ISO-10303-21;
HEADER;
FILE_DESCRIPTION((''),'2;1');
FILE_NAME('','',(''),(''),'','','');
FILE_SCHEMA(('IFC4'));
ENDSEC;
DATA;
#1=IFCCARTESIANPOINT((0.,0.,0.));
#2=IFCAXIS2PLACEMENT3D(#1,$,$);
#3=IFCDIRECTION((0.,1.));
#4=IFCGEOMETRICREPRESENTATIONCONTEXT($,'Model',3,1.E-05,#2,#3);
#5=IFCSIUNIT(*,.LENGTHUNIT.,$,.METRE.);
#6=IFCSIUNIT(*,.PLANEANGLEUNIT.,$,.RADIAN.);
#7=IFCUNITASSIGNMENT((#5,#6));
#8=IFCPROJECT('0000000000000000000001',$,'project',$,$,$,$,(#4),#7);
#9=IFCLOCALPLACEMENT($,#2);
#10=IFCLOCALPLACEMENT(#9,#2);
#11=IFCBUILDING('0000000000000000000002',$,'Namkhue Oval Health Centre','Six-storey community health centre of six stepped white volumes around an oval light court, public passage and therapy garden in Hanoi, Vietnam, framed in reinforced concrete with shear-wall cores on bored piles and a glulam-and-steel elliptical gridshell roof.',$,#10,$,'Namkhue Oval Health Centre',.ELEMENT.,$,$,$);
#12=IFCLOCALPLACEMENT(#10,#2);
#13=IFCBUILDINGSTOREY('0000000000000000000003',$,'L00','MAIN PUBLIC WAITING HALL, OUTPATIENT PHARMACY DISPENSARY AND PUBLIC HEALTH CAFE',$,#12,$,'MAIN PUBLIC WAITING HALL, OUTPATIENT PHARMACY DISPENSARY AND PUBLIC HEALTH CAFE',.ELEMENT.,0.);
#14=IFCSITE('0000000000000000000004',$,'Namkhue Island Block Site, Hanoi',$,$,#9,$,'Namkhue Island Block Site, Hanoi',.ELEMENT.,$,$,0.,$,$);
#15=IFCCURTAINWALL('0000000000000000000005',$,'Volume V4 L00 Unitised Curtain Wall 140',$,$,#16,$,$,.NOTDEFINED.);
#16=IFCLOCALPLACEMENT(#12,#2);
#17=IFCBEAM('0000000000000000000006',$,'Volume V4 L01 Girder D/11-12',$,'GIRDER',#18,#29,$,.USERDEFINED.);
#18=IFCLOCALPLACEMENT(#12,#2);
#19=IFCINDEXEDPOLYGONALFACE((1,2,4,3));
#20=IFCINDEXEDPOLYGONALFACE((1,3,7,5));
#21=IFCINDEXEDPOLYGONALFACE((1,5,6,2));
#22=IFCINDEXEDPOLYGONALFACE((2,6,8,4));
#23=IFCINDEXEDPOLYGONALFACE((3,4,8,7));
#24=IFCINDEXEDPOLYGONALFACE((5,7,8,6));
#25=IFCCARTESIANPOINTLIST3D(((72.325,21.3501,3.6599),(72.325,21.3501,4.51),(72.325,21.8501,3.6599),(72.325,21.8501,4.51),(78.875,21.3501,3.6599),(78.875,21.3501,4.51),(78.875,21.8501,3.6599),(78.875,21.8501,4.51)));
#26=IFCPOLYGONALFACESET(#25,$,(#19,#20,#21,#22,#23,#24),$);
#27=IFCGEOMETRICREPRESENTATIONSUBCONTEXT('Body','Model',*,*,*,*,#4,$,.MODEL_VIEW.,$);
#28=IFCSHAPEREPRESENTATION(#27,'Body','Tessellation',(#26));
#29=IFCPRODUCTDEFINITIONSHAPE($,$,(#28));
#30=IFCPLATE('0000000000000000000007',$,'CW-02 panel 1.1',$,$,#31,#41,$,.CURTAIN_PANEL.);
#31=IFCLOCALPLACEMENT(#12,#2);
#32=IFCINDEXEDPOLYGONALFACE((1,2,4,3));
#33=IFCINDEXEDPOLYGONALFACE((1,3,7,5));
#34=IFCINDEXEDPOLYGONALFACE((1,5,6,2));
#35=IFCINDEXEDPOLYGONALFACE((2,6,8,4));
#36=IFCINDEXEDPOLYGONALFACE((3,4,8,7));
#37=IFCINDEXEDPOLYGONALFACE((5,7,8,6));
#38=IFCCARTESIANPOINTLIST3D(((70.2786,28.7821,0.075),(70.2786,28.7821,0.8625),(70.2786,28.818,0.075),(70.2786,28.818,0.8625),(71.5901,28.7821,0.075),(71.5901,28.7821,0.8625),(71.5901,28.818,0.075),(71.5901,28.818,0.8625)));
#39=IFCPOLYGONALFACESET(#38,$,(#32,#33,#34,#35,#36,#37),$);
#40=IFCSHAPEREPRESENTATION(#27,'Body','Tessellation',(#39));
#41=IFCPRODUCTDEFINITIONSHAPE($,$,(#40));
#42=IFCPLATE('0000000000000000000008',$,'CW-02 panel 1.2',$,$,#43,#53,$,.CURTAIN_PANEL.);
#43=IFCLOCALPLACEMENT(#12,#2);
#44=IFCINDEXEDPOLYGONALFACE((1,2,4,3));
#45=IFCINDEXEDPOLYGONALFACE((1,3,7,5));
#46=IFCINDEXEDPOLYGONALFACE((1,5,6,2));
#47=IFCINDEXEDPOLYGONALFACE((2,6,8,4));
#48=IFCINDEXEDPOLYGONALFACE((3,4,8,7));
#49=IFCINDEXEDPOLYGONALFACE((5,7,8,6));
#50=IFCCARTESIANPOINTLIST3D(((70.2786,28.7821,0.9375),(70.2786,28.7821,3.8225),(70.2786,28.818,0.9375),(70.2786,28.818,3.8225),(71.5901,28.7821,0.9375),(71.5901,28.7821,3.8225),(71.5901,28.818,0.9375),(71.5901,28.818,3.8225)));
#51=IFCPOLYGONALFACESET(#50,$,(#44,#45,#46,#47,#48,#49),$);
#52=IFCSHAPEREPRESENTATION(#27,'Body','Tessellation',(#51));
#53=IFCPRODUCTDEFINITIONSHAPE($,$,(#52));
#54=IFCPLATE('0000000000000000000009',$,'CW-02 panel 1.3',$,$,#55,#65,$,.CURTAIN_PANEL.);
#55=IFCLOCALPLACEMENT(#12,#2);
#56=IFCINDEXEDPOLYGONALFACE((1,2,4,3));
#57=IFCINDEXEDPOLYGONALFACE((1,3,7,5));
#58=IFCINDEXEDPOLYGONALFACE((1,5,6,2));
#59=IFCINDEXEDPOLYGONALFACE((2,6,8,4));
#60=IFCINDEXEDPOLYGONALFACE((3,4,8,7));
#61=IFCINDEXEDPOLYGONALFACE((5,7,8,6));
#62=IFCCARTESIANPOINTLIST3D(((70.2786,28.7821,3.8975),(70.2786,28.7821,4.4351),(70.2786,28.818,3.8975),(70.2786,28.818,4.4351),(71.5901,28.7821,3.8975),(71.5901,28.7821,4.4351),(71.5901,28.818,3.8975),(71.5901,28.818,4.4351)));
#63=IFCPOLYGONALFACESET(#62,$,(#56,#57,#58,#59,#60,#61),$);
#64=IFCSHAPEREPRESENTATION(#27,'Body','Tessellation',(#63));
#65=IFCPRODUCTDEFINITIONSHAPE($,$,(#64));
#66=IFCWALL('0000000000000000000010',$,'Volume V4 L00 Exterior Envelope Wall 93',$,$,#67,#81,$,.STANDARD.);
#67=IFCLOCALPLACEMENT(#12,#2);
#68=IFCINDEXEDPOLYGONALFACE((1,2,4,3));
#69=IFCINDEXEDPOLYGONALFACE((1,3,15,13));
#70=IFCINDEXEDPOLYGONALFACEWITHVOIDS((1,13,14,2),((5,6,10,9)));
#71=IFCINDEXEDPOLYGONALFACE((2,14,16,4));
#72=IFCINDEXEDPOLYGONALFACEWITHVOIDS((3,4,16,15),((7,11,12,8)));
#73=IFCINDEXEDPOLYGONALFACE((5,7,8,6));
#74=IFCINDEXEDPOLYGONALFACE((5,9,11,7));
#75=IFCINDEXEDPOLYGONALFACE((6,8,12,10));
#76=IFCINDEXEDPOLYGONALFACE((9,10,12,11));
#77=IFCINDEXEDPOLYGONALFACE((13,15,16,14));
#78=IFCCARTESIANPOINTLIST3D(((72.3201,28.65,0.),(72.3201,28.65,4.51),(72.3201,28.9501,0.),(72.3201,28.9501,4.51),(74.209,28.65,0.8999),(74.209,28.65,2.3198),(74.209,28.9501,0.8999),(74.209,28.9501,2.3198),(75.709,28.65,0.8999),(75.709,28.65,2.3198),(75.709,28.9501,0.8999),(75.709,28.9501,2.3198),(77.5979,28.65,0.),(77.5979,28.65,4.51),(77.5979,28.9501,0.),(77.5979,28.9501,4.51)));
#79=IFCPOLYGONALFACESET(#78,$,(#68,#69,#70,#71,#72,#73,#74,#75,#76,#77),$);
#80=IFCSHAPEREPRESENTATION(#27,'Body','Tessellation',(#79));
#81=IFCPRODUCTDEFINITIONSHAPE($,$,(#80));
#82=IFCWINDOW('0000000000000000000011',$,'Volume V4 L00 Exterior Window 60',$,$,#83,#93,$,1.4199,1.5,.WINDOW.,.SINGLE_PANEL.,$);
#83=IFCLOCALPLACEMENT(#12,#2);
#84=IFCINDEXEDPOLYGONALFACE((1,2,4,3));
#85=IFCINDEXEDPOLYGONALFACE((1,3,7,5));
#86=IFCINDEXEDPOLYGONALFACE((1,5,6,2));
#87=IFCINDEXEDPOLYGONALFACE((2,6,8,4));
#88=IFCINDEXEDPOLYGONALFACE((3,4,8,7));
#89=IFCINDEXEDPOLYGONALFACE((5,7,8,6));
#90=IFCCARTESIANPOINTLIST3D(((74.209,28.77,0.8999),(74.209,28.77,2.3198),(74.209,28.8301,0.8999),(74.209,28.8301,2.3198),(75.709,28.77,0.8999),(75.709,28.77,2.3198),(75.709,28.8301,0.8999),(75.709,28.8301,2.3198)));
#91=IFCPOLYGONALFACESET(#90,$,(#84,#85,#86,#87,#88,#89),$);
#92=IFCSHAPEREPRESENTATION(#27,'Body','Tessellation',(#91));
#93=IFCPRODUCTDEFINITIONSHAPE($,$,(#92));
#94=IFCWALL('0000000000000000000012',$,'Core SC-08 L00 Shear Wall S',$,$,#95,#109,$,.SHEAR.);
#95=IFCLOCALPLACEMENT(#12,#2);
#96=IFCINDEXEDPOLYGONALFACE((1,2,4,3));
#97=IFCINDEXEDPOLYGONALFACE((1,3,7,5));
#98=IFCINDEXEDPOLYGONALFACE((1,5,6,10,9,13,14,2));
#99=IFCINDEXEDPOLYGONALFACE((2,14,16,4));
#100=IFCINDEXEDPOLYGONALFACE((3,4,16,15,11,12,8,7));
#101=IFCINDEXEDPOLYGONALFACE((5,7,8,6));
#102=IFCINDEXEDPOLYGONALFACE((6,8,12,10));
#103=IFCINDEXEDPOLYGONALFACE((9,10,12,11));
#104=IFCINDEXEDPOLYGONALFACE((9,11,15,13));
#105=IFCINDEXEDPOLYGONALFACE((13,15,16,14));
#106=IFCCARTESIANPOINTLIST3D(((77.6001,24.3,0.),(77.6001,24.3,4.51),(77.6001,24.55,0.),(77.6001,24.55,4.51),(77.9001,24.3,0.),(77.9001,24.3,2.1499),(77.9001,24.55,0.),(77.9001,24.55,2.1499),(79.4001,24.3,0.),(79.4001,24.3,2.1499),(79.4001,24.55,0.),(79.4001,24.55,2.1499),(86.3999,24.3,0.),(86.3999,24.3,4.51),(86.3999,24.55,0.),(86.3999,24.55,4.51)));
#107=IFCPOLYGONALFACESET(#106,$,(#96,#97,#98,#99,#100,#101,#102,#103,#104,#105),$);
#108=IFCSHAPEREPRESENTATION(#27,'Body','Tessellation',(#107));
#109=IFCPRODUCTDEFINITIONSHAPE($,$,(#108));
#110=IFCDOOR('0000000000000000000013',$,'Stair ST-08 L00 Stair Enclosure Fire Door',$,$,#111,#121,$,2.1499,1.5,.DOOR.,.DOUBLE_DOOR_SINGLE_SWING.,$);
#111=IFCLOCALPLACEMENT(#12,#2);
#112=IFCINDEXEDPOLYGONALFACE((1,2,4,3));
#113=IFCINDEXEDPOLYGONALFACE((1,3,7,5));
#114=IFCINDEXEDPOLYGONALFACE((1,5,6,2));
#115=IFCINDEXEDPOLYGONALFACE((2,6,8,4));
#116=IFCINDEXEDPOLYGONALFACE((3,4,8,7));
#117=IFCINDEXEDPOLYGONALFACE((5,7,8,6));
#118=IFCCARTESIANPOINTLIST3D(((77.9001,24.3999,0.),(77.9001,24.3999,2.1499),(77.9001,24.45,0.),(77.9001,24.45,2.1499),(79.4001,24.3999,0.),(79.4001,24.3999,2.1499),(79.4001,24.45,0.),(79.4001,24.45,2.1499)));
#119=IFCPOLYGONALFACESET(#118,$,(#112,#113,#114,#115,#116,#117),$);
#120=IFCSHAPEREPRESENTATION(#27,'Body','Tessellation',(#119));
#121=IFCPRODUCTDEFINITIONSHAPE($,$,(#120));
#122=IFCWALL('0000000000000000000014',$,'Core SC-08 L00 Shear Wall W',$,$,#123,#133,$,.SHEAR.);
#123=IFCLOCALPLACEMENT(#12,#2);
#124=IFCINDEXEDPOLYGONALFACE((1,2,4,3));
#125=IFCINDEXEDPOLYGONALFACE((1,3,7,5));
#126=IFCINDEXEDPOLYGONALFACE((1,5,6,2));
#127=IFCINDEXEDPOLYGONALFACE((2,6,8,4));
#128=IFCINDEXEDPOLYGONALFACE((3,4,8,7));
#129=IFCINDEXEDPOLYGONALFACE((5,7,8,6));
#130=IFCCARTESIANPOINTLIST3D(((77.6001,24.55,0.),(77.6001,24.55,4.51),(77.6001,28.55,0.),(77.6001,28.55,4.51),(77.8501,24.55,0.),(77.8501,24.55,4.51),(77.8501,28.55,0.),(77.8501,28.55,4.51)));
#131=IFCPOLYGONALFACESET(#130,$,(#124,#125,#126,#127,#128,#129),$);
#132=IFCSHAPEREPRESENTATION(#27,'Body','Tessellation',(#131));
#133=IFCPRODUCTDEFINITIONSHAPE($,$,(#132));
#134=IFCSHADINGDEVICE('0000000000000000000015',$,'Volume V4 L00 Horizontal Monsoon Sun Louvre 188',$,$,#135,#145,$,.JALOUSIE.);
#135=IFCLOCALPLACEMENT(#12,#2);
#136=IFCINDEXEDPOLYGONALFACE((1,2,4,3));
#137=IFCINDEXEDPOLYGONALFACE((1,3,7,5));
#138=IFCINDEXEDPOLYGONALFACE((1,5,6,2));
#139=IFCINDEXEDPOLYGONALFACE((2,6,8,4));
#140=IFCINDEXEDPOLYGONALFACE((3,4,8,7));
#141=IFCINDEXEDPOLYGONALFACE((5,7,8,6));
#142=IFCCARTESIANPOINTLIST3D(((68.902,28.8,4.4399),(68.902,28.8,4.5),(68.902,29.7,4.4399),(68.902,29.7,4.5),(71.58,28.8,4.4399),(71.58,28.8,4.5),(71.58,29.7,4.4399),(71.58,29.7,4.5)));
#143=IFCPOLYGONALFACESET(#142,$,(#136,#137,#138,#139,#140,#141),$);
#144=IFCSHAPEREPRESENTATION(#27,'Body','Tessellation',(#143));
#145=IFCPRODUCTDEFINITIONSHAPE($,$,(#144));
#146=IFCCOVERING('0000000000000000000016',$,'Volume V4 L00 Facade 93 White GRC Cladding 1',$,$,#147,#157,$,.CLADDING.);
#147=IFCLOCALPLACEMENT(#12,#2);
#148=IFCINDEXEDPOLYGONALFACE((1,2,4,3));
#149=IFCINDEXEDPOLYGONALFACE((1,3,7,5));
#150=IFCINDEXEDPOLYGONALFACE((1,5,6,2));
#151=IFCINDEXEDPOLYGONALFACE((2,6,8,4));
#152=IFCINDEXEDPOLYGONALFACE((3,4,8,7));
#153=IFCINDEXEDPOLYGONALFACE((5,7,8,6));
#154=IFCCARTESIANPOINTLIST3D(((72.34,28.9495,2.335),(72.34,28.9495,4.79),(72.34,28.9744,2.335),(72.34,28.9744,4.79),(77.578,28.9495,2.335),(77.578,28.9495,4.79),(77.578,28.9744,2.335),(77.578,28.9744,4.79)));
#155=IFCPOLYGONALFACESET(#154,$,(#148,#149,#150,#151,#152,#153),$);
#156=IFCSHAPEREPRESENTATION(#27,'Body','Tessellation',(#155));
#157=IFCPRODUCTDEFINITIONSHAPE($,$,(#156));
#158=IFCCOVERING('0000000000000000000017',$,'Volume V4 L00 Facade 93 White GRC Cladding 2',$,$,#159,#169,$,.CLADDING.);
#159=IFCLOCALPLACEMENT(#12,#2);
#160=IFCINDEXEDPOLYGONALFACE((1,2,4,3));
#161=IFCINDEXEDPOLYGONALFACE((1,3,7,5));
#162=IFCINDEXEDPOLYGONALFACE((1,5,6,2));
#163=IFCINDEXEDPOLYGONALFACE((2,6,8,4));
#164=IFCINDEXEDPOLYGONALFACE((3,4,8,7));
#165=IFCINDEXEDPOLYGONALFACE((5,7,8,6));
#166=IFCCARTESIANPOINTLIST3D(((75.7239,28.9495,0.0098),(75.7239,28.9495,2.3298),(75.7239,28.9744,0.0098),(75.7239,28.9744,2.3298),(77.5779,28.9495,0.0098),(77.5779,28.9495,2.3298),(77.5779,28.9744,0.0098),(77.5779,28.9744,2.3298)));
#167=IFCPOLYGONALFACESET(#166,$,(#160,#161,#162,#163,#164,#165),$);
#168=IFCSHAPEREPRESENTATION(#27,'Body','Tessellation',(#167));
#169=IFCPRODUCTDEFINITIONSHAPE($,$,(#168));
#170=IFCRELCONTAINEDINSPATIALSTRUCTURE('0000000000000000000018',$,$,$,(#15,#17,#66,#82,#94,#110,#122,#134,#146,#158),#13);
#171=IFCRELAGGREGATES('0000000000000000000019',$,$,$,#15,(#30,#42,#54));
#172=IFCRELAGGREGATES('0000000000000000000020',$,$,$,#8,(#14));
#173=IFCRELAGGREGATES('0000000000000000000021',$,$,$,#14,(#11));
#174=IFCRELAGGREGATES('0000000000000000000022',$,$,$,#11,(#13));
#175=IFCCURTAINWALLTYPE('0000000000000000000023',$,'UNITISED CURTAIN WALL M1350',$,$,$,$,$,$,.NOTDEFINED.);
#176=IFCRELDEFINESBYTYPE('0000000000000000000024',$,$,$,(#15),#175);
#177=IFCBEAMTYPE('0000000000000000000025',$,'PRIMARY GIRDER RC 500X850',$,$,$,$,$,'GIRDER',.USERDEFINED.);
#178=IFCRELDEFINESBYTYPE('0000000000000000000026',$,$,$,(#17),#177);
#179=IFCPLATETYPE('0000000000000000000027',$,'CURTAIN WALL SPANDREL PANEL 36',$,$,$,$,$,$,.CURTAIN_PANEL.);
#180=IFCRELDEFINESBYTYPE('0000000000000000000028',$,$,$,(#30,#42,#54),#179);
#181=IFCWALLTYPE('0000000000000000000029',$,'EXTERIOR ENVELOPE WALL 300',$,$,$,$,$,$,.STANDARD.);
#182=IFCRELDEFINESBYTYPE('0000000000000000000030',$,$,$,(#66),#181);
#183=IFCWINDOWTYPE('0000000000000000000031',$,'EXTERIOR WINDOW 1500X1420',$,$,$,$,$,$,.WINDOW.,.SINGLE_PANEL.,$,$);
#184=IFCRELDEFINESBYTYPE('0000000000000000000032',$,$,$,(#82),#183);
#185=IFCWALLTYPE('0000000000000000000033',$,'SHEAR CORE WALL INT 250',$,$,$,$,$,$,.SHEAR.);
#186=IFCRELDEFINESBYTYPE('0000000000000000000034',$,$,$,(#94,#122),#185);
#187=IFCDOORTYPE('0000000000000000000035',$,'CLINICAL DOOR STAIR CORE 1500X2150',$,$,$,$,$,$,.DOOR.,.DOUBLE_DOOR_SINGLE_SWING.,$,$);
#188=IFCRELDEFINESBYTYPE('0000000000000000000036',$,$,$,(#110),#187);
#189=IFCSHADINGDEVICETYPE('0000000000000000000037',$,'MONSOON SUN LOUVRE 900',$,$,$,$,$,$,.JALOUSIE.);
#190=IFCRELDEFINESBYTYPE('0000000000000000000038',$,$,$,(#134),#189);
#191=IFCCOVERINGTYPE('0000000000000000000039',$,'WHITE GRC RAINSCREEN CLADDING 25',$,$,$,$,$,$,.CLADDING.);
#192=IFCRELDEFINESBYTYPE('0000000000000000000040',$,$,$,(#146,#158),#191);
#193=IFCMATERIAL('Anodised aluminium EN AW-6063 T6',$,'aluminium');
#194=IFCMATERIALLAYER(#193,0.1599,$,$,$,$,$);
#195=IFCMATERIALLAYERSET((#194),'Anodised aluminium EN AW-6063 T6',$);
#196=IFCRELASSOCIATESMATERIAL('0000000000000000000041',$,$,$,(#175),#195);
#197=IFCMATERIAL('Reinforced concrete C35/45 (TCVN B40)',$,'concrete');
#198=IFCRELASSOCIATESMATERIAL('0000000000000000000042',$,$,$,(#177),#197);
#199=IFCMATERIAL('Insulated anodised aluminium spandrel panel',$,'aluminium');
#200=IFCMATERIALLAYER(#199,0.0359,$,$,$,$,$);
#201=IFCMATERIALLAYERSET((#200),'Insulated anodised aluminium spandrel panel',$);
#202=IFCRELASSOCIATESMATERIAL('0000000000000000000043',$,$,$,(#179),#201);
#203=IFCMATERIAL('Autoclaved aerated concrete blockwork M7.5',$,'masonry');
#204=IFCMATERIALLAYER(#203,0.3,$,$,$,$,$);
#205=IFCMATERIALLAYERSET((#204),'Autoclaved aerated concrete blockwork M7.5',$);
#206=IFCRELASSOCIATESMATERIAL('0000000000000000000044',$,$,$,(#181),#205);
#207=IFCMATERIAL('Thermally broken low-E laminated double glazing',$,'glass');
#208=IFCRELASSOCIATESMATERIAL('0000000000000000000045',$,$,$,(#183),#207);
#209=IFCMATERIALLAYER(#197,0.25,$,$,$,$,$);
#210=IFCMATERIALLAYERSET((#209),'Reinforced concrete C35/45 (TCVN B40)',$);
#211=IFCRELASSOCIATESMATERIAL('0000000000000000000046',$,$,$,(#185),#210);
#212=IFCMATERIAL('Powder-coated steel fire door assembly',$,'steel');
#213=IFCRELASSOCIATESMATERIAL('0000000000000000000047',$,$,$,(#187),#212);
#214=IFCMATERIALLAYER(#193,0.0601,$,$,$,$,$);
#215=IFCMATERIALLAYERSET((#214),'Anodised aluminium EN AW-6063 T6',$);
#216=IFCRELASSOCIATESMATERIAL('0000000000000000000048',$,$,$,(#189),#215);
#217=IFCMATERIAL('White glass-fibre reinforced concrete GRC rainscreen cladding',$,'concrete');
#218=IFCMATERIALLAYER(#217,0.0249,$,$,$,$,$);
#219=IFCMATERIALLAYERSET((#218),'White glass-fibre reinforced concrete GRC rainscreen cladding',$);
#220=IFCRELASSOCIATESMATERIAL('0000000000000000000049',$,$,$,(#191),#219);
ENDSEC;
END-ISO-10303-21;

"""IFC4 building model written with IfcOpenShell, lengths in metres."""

from ifc_helpers import new_model, si_unit, direction, frame, frame_2d, origin, origin_2d, place, context, subcontext, project, spatial, rectangle, extrude, material, layer, layer_set, material_profile, profile_set, type_object, element, fill, aggregate, save


model = new_model("IFC4")

# Units and contexts
model_context = context("Model", 3, precision=1e-05, world=origin(), true_north=direction((0.0, 1.0)))
body_context = subcontext(model_context, "Body", "Model", "MODEL_VIEW")
ifc_project = project(units=[si_unit("LENGTHUNIT", "METRE"), si_unit("PLANEANGLEUNIT", "RADIAN")], contexts=[model_context])

# Site, building, storey
site_placement = place(None, origin())
site = spatial("IfcSite", under=ifc_project, at=site_placement, Name="Namkhue Island Block Site, Hanoi", LongName="Namkhue Island Block Site, Hanoi", CompositionType="ELEMENT", RefElevation=0.0)
building_placement = place(site_placement, origin())
building = spatial("IfcBuilding", under=site, at=building_placement, Name="Namkhue Oval Health Centre", Description="Six-storey community health centre of six stepped white volumes around an oval light court, public passage and therapy garden in Hanoi, Vietnam, framed in reinforced concrete with shear-wall cores on bored piles and a glulam-and-steel elliptical gridshell roof.", LongName="Namkhue Oval Health Centre", CompositionType="ELEMENT")
storey_placement = place(building_placement, origin())
storey = spatial("IfcBuildingStorey", under=building, at=storey_placement, Name="L00", Description="MAIN PUBLIC WAITING HALL, OUTPATIENT PHARMACY DISPENSARY AND PUBLIC HEALTH CAFE", LongName="MAIN PUBLIC WAITING HALL, OUTPATIENT PHARMACY DISPENSARY AND PUBLIC HEALTH CAFE", CompositionType="ELEMENT", Elevation=0.0)

# Shared definitions
ifc_material_1 = material(Name="Reinforced concrete C35/45 (TCVN B40)", Category="concrete")

# Curtain wall
ifc_material_2 = material(Name="Anodised aluminium EN AW-6063 T6", Category="aluminium")
ifc_layer_1 = layer(ifc_material_2, 0.1599)
ifc_layer_set_1 = layer_set([ifc_layer_1], Name="Anodised aluminium EN AW-6063 T6")
curtain_wall_type = type_object("IfcCurtainWallType", Name="UNITISED CURTAIN WALL M1350", PredefinedType="NOTDEFINED", material=ifc_layer_set_1)
curtain_wall_placement = place(storey_placement, origin())
curtain_wall = element("IfcCurtainWall", 1, at=curtain_wall_placement, inside=storey, type_object=curtain_wall_type, Name="Volume V4 L00 Unitised Curtain Wall 140", PredefinedType="NOTDEFINED")

# Beam
ifc_material_profile_1 = material_profile(ifc_material_1, rectangle(XDim=0.5, YDim=0.8501, at=origin_2d()), Name="RC 500x850")
ifc_profile_set_1 = profile_set([ifc_material_profile_1], Name="Reinforced concrete C35/45 (TCVN B40)")
beam_type_1 = type_object("IfcBeamType", Name="PRIMARY GIRDER RC 500X850", ElementType="GIRDER", PredefinedType="USERDEFINED", material=ifc_profile_set_1)
beam_1_placement = place(storey_placement, frame((72.325, 21.6001, 4.085), z_axis=(1.0, 0.0, 0.0), x_axis=(0.0, 1.0, 0.0)))
element("IfcBeam", 2, at=beam_1_placement, inside=storey, type_object=beam_type_1, Name="Volume V4 L01 Girder D/11-12", ObjectType="GIRDER", PredefinedType="USERDEFINED", context=body_context, shape_type="SweptSolid", body=[
    extrude(rectangle(XDim=0.5, YDim=0.8501, at=origin_2d()), origin(), (0.0, 0.0, 1.0), 6.55),
])

# Plates
ifc_material_3 = material(Name="Insulated anodised aluminium spandrel panel", Category="aluminium")
ifc_layer_2 = layer(ifc_material_3, 0.0359)
ifc_layer_set_2 = layer_set([ifc_layer_2], Name="Insulated anodised aluminium spandrel panel")
plate_type = type_object("IfcPlateType", Name="CURTAIN WALL SPANDREL PANEL 36", PredefinedType="CURTAIN_PANEL", material=ifc_layer_set_2)
plate_1_placement = place(storey_placement, frame((70.9343, 28.8, 0.075), z_axis=(0.0, 0.0, 1.0), x_axis=(-1.0, 0.0, 0.0)))
plate_1 = element("IfcPlate", 3, at=plate_1_placement, type_object=plate_type, Name="CW-02 panel 1.1", PredefinedType="CURTAIN_PANEL", context=body_context, shape_type="SweptSolid", body=[
    extrude(rectangle(XDim=1.3115, YDim=0.0359, at=origin_2d()), origin(), (0.0, 0.0, 1.0), 0.7876),
])
plate_2_placement = place(storey_placement, frame((70.9343, 28.8, 0.9375), z_axis=(0.0, 0.0, 1.0), x_axis=(-1.0, 0.0, 0.0)))
plate_2 = element("IfcPlate", 4, at=plate_2_placement, type_object=plate_type, Name="CW-02 panel 1.2", PredefinedType="CURTAIN_PANEL", context=body_context, shape_type="SweptSolid", body=[
    extrude(rectangle(XDim=1.3115, YDim=0.0359, at=origin_2d()), origin(), (0.0, 0.0, 1.0), 2.885),
])
plate_3_placement = place(storey_placement, frame((70.9343, 28.8, 3.8975), z_axis=(0.0, 0.0, 1.0), x_axis=(-1.0, 0.0, 0.0)))
plate_3 = element("IfcPlate", 5, at=plate_3_placement, type_object=plate_type, Name="CW-02 panel 1.3", PredefinedType="CURTAIN_PANEL", context=body_context, shape_type="SweptSolid", body=[
    extrude(rectangle(XDim=1.3115, YDim=0.0359, at=origin_2d()), origin(), (0.0, 0.0, 1.0), 0.5376),
])
aggregate(curtain_wall, [plate_1, plate_2, plate_3])

# Wall, opening, window
ifc_material_4 = material(Name="Autoclaved aerated concrete blockwork M7.5", Category="masonry")
ifc_layer_3 = layer(ifc_material_4, 0.3)
ifc_layer_set_3 = layer_set([ifc_layer_3], Name="Autoclaved aerated concrete blockwork M7.5")
wall_type_1 = type_object("IfcWallType", Name="EXTERIOR ENVELOPE WALL 300", PredefinedType="STANDARD", material=ifc_layer_set_3)
wall_1_placement = place(storey_placement, frame((77.5979, 28.8, 0.0), z_axis=(0.0, 0.0, 1.0), x_axis=(-1.0, 0.0, 0.0)))
wall_1 = element("IfcWall", 6, at=wall_1_placement, inside=storey, type_object=wall_type_1, Name="Volume V4 L00 Exterior Envelope Wall 93", PredefinedType="STANDARD", context=body_context, shape_type="SweptSolid", body=[
    extrude(rectangle(XDim=5.2778, YDim=0.3, at=frame_2d((2.6389, 0.0))), origin(), (0.0, 0.0, 1.0), 4.51),
])
opening_1_placement = place(wall_1_placement, frame((1.8889, 0.0, 0.8999)))
opening_1 = element("IfcOpeningElement", 7, at=opening_1_placement, cuts=wall_1, PredefinedType="OPENING", context=body_context, shape_type="SweptSolid", body=[
    extrude(rectangle(XDim=1.5, YDim=1.4199, at=frame_2d((0.75, 0.71))), frame((0.0, 0.1599, 0.0), z_axis=(0.0, -1.0, 0.0), x_axis=(1.0, 0.0, 0.0)), (0.0, 0.0, 1.0), 0.3201),
])
ifc_material_5 = material(Name="Thermally broken low-E laminated double glazing", Category="glass")
window_type = type_object("IfcWindowType", Name="EXTERIOR WINDOW 1500X1420", PartitioningType="SINGLE_PANEL", PredefinedType="WINDOW", material=ifc_material_5)
window_placement = place(opening_1_placement, origin())
window = element("IfcWindow", 8, at=window_placement, inside=storey, type_object=window_type, Name="Volume V4 L00 Exterior Window 60", OverallHeight=1.4199, OverallWidth=1.5, PartitioningType="SINGLE_PANEL", PredefinedType="WINDOW", context=body_context, shape_type="SweptSolid", body=[
    extrude(rectangle(XDim=1.5, YDim=1.4199, at=frame_2d((0.75, 0.71))), frame((0.0, 0.03, 0.0), z_axis=(0.0, -1.0, 0.0), x_axis=(1.0, 0.0, 0.0)), (0.0, 0.0, 1.0), 0.0601),
])
fill(opening_1, window)

# Wall, opening, door
ifc_layer_4 = layer(ifc_material_1, 0.25)
ifc_layer_set_4 = layer_set([ifc_layer_4], Name="Reinforced concrete C35/45 (TCVN B40)")
wall_type_2 = type_object("IfcWallType", Name="SHEAR CORE WALL INT 250", PredefinedType="SHEAR", material=ifc_layer_set_4)
wall_2_placement = place(storey_placement, frame((77.6001, 24.425, 0.0), z_axis=(0.0, 0.0, 1.0), x_axis=(1.0, 0.0, 0.0)))
wall_2 = element("IfcWall", 9, at=wall_2_placement, inside=storey, type_object=wall_type_2, Name="Core SC-08 L00 Shear Wall S", PredefinedType="SHEAR", context=body_context, shape_type="SweptSolid", body=[
    extrude(rectangle(XDim=8.7998, YDim=0.25, at=frame_2d((4.3999, 0.0))), origin(), (0.0, 0.0, 1.0), 4.51),
])
opening_2_placement = place(wall_2_placement, frame((0.3, 0.0, 0.0)))
opening_2 = element("IfcOpeningElement", 10, at=opening_2_placement, cuts=wall_2, PredefinedType="OPENING", context=body_context, shape_type="SweptSolid", body=[
    extrude(rectangle(XDim=1.5, YDim=2.1499, at=frame_2d((0.75, 1.075))), frame((0.0, 0.135, 0.0), z_axis=(0.0, -1.0, 0.0), x_axis=(1.0, 0.0, 0.0)), (0.0, 0.0, 1.0), 0.27),
])
ifc_material_6 = material(Name="Powder-coated steel fire door assembly", Category="steel")
door_type = type_object("IfcDoorType", Name="CLINICAL DOOR STAIR CORE 1500X2150", OperationType="DOUBLE_DOOR_SINGLE_SWING", PredefinedType="DOOR", material=ifc_material_6)
door_placement = place(opening_2_placement, origin())
door = element("IfcDoor", 11, at=door_placement, inside=storey, type_object=door_type, Name="Stair ST-08 L00 Stair Enclosure Fire Door", OperationType="DOUBLE_DOOR_SINGLE_SWING", OverallHeight=2.1499, OverallWidth=1.5, PredefinedType="DOOR", context=body_context, shape_type="SweptSolid", body=[
    extrude(rectangle(XDim=1.5, YDim=2.1499, at=frame_2d((0.75, 1.075))), frame((0.0, 0.0249, 0.0), z_axis=(0.0, -1.0, 0.0), x_axis=(1.0, 0.0, 0.0)), (0.0, 0.0, 1.0), 0.05),
])
fill(opening_2, door)

# Wall
wall_3_placement = place(storey_placement, frame((77.7251, 28.55, 0.0), z_axis=(0.0, 0.0, 1.0), x_axis=(0.0, -1.0, 0.0)))
element("IfcWall", 12, at=wall_3_placement, inside=storey, type_object=wall_type_2, Name="Core SC-08 L00 Shear Wall W", PredefinedType="SHEAR", context=body_context, shape_type="SweptSolid", body=[
    extrude(rectangle(XDim=4.0, YDim=0.25, at=frame_2d((2.0, 0.0))), origin(), (0.0, 0.0, 1.0), 4.51),
])

# Shading device
ifc_layer_5 = layer(ifc_material_2, 0.0601)
ifc_layer_set_5 = layer_set([ifc_layer_5], Name="Anodised aluminium EN AW-6063 T6")
shading_device_type = type_object("IfcShadingDeviceType", Name="MONSOON SUN LOUVRE 900", PredefinedType="JALOUSIE", material=ifc_layer_set_5)
shading_device_placement = place(storey_placement, frame((70.241, 29.25, 4.4399), z_axis=(0.0, 0.0, 1.0), x_axis=(-1.0, 0.0, 0.0)))
element("IfcShadingDevice", 13, at=shading_device_placement, inside=storey, type_object=shading_device_type, Name="Volume V4 L00 Horizontal Monsoon Sun Louvre 188", PredefinedType="JALOUSIE", context=body_context, shape_type="SweptSolid", body=[
    extrude(rectangle(XDim=2.678, YDim=0.8999, at=origin_2d()), origin(), (0.0, 0.0, 1.0), 0.0601),
])

# Coverings
ifc_material_7 = material(Name="White glass-fibre reinforced concrete GRC rainscreen cladding", Category="concrete")
ifc_layer_6 = layer(ifc_material_7, 0.0249)
ifc_layer_set_6 = layer_set([ifc_layer_6], Name="White glass-fibre reinforced concrete GRC rainscreen cladding")
covering_type = type_object("IfcCoveringType", Name="WHITE GRC RAINSCREEN CLADDING 25", PredefinedType="CLADDING", material=ifc_layer_set_6)
covering_1_placement = place(storey_placement, frame((74.959, 28.9619, 2.335), z_axis=(0.0, 0.0, 1.0), x_axis=(-1.0, 0.0, 0.0)))
element("IfcCovering", 14, at=covering_1_placement, inside=storey, type_object=covering_type, Name="Volume V4 L00 Facade 93 White GRC Cladding 1", PredefinedType="CLADDING", context=body_context, shape_type="SweptSolid", body=[
    extrude(rectangle(XDim=5.238, YDim=0.0249, at=origin_2d()), origin(), (0.0, 0.0, 1.0), 2.4551),
])
covering_2_placement = place(storey_placement, frame((76.6509, 28.9619, 0.0098), z_axis=(0.0, 0.0, 1.0), x_axis=(-1.0, 0.0, 0.0)))
element("IfcCovering", 15, at=covering_2_placement, inside=storey, type_object=covering_type, Name="Volume V4 L00 Facade 93 White GRC Cladding 2", PredefinedType="CLADDING", context=body_context, shape_type="SweptSolid", body=[
    extrude(rectangle(XDim=1.854, YDim=0.0249, at=origin_2d()), origin(), (0.0, 0.0, 1.0), 2.3201),
])

save(model, "model.ifc")
